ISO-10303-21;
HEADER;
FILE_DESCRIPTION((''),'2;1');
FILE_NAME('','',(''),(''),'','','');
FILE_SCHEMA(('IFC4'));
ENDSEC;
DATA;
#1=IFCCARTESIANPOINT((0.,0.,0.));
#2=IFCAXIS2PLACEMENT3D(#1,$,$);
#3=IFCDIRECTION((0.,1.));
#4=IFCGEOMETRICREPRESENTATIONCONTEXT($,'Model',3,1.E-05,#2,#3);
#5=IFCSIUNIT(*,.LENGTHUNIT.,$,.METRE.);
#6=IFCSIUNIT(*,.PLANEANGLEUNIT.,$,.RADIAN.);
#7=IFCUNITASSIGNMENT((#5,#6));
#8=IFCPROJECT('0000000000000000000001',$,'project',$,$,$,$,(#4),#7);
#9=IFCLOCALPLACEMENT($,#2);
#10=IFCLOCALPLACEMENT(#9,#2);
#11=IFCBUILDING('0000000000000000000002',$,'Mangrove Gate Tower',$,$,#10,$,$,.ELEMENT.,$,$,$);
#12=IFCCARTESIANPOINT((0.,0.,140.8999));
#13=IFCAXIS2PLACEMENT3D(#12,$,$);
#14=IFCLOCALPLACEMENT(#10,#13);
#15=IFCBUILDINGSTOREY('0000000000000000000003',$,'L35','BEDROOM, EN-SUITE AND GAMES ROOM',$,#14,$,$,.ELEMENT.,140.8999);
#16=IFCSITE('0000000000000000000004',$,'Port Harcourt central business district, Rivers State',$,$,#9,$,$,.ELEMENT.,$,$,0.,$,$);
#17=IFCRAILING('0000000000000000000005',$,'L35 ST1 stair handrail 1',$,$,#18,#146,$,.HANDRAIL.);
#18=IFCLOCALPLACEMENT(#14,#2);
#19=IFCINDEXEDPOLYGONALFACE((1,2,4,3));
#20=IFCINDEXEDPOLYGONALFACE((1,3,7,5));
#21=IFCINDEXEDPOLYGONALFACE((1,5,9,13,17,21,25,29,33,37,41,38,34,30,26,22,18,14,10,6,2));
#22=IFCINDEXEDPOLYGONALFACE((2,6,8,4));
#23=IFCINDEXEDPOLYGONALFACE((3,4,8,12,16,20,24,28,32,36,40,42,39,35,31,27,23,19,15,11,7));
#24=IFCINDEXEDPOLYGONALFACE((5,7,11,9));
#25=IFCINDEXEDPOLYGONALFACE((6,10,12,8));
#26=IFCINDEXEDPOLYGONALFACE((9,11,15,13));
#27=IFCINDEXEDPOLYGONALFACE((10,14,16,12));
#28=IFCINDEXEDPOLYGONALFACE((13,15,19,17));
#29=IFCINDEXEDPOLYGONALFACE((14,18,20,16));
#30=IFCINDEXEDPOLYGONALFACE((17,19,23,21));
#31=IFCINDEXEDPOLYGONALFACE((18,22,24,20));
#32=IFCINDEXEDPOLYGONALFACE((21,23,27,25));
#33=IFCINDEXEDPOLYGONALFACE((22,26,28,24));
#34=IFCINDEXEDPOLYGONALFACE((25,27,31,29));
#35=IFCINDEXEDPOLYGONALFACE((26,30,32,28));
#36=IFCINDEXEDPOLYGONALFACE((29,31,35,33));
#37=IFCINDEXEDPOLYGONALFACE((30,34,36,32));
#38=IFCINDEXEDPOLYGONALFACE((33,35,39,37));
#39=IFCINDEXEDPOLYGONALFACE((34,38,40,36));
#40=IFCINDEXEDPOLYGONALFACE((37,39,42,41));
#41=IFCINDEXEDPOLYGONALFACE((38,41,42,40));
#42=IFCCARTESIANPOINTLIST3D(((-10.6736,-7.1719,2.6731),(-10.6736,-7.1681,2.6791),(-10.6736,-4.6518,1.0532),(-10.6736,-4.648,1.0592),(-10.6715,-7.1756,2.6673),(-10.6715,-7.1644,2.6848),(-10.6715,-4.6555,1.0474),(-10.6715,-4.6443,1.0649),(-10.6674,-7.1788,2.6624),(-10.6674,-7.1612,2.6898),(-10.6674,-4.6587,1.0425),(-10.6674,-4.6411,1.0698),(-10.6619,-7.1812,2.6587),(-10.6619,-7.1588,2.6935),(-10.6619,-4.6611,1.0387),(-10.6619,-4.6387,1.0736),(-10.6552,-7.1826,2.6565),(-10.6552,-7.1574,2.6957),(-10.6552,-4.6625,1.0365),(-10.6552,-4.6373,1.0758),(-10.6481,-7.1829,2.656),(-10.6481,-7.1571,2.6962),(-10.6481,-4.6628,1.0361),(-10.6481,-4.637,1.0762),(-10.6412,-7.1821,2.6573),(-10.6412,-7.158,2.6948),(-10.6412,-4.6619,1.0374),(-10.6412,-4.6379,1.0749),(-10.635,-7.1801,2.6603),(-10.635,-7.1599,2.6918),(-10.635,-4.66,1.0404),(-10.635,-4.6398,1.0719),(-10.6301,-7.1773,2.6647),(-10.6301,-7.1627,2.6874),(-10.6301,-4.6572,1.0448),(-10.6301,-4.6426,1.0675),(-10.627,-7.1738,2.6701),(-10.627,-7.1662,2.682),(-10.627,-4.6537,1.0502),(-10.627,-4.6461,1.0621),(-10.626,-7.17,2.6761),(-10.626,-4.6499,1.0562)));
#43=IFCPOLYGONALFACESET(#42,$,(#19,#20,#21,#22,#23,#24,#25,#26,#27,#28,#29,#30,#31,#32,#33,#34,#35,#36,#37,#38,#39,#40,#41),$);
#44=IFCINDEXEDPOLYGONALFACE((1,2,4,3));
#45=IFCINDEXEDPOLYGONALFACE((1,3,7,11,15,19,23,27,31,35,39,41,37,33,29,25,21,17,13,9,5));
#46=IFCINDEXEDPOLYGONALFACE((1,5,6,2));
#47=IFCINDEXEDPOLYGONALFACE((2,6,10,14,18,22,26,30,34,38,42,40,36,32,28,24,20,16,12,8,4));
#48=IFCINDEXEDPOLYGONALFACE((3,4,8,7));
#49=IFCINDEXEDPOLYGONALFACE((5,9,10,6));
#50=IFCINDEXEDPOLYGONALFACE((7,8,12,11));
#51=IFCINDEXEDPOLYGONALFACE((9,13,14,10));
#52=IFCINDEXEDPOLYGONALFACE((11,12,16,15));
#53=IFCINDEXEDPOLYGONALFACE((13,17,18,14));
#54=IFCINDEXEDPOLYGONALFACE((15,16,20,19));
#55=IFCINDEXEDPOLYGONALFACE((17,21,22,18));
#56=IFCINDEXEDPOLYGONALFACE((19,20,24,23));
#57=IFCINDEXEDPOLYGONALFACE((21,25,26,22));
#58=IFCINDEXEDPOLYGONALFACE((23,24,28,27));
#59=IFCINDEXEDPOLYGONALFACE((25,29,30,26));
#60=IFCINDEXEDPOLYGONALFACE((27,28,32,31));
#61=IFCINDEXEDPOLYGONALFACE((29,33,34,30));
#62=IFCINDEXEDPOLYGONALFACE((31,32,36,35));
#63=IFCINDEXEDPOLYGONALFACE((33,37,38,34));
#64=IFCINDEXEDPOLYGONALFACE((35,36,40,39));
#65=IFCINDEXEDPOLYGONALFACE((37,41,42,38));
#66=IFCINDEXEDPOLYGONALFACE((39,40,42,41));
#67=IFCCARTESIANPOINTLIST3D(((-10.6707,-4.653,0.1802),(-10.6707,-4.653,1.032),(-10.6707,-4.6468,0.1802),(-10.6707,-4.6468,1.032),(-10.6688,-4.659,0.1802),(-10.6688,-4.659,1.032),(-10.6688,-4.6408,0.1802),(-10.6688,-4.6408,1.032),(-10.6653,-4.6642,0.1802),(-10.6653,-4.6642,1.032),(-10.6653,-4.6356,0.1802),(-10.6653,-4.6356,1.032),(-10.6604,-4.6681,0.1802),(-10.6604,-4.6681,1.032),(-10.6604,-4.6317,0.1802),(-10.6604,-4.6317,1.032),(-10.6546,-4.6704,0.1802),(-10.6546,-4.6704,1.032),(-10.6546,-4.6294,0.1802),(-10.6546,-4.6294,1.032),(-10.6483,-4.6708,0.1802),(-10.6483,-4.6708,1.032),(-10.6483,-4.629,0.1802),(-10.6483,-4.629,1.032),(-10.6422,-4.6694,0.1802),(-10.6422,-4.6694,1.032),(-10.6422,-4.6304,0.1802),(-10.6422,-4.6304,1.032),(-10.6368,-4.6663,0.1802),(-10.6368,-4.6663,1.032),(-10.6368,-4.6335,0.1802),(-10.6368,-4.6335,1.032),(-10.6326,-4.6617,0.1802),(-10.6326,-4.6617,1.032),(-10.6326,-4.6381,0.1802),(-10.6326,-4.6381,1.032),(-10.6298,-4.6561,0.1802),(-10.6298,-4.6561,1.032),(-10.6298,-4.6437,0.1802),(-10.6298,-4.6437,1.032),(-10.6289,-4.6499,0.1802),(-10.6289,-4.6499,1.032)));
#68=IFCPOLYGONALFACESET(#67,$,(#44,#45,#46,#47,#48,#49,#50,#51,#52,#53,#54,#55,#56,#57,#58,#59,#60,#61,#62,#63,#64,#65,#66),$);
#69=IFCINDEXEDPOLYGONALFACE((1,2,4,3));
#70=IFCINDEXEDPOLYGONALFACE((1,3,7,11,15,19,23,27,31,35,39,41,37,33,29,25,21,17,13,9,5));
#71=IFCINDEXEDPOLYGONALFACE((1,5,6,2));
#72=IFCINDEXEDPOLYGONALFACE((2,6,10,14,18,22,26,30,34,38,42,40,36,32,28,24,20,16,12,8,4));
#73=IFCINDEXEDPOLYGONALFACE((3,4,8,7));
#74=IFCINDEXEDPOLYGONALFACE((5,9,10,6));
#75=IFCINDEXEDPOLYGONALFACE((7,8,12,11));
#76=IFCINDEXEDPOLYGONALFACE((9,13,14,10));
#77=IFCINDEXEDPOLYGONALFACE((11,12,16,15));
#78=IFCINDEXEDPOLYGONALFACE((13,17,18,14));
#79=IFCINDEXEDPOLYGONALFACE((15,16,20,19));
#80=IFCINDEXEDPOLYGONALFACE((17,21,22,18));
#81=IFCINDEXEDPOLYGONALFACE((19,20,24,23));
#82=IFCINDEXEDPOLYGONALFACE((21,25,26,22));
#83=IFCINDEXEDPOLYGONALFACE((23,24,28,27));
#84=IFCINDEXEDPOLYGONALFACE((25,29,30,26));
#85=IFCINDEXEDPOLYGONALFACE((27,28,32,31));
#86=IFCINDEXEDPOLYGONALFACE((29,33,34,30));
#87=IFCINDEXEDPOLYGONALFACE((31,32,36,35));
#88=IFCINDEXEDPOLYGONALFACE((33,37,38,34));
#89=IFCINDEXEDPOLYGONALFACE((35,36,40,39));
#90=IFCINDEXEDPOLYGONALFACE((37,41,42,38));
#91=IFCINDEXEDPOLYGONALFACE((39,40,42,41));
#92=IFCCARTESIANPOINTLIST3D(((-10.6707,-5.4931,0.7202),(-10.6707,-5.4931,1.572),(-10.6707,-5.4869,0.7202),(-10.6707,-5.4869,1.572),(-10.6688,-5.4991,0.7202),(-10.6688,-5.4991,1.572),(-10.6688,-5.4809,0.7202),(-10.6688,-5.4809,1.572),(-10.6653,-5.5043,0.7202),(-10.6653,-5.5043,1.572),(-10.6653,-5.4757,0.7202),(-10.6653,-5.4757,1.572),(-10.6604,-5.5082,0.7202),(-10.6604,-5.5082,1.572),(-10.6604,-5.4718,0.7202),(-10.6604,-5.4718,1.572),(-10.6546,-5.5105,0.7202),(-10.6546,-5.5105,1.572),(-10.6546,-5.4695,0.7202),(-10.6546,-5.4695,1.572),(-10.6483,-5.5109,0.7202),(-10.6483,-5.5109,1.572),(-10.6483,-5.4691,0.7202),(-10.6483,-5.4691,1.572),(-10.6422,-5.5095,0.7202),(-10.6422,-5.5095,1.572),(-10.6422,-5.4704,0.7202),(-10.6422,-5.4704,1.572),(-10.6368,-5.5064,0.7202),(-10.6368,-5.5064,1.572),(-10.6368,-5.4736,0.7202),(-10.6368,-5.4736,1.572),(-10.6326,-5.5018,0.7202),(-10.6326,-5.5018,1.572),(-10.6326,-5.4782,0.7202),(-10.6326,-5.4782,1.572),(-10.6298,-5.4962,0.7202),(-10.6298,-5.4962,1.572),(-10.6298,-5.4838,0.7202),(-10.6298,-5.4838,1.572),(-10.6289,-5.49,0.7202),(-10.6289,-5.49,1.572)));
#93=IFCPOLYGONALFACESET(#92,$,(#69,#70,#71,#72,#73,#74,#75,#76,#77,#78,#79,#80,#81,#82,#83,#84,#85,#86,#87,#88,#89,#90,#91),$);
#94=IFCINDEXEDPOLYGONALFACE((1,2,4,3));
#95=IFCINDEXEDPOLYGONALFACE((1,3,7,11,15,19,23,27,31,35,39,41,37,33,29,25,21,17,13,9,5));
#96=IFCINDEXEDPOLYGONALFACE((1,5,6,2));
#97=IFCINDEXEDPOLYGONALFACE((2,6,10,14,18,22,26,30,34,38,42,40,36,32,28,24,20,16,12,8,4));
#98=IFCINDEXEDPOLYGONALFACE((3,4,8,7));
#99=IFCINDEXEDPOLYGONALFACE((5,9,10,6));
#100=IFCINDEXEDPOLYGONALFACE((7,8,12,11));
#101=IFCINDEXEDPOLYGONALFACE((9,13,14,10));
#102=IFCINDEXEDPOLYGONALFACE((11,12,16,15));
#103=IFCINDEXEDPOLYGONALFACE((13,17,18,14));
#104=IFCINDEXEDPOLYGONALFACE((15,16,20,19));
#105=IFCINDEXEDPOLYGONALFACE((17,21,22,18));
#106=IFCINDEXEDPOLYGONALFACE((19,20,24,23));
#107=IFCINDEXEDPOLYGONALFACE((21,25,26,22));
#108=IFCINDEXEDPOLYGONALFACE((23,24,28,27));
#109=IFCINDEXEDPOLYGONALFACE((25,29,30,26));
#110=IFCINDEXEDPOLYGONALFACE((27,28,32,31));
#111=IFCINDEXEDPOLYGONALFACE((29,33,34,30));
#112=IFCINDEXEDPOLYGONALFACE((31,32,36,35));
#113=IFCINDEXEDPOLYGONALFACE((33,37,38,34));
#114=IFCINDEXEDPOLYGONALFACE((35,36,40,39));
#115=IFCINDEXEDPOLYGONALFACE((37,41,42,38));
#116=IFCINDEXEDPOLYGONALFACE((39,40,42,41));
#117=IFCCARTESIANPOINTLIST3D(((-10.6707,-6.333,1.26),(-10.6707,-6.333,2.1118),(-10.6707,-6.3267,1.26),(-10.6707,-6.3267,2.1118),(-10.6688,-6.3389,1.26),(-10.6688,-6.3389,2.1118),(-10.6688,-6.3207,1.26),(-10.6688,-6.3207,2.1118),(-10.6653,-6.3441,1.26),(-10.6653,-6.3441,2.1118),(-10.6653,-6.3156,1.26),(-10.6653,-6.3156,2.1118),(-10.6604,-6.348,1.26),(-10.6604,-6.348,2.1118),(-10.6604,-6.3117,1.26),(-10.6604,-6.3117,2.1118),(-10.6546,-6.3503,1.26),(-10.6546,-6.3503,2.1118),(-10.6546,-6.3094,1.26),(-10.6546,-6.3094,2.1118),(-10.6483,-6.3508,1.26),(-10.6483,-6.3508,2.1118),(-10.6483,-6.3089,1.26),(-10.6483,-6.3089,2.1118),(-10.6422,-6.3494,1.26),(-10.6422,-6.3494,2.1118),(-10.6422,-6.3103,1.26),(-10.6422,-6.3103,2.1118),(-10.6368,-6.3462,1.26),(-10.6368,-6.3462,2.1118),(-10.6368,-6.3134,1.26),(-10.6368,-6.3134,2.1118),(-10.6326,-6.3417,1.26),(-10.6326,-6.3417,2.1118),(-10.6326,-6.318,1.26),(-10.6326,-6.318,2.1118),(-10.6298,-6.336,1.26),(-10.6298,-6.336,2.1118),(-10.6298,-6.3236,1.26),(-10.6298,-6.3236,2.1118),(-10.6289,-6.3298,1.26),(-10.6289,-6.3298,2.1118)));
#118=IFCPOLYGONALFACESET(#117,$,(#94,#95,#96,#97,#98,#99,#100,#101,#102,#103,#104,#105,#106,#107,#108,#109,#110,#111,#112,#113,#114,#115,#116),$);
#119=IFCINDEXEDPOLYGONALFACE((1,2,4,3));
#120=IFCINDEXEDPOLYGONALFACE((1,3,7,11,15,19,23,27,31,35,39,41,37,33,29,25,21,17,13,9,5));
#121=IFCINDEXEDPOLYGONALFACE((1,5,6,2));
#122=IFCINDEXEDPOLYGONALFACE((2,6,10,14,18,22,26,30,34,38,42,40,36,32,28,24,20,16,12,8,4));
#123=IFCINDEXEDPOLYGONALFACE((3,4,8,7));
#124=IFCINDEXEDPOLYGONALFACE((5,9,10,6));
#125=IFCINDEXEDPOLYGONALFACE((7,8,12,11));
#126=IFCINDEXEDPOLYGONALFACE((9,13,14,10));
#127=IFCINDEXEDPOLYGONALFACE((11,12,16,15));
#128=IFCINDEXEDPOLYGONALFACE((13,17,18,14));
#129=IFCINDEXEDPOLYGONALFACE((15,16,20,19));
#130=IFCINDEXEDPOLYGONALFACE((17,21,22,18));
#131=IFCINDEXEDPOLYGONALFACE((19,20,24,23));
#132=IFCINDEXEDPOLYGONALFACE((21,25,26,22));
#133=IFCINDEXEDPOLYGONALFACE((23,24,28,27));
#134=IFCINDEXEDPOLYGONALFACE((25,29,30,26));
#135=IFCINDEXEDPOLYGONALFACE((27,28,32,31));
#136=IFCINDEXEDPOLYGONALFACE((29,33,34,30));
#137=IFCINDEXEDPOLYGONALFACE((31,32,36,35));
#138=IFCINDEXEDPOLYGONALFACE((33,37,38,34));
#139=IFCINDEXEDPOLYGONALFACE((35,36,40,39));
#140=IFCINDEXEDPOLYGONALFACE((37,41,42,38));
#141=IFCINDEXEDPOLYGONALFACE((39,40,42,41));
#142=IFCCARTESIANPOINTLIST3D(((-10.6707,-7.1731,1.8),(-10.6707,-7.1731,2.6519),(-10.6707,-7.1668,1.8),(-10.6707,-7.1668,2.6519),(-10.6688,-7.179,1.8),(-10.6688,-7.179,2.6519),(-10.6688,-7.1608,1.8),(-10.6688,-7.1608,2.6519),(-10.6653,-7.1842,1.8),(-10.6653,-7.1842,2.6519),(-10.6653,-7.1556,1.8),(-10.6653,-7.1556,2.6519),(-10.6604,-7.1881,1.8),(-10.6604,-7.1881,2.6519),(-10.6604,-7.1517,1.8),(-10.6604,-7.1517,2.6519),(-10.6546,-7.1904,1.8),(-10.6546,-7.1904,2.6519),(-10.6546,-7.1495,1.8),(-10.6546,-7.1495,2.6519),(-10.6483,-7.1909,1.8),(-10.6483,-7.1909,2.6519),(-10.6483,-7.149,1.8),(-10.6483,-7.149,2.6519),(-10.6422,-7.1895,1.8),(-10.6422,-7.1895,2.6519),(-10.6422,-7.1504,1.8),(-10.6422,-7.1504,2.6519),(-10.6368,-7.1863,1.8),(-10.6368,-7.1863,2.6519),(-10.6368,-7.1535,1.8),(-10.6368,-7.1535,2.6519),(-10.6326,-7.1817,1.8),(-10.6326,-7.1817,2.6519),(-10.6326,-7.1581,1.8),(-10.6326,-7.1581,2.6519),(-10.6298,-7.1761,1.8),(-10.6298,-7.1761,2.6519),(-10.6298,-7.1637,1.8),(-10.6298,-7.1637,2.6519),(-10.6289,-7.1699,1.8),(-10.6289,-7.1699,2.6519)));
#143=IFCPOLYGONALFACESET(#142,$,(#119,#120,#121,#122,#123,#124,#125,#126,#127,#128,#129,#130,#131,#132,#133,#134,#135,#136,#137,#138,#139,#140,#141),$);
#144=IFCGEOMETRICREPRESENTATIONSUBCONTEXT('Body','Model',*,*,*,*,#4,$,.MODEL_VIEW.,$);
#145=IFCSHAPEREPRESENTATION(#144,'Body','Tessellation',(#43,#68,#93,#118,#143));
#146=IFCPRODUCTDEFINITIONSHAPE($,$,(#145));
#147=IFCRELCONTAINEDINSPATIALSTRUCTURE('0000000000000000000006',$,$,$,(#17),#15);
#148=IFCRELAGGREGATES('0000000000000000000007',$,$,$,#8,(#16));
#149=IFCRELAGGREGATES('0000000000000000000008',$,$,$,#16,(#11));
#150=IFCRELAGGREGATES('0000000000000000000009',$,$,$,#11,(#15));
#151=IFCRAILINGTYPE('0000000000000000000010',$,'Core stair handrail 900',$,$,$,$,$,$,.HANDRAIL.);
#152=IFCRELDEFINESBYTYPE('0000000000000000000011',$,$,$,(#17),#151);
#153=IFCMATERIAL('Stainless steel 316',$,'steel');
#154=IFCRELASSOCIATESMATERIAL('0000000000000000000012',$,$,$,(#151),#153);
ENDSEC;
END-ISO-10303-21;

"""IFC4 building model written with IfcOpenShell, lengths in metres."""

from ifc_helpers import new_model, si_unit, direction, frame, origin, origin_2d, place, context, subcontext, project, spatial, circle, extrude, material, type_object, element, save


model = new_model("IFC4")

# Units and contexts
model_context = context("Model", 3, precision=1e-05, world=origin(), true_north=direction((0.0, 1.0)))
body_context = subcontext(model_context, "Body", "Model", "MODEL_VIEW")
ifc_project = project(units=[si_unit("LENGTHUNIT", "METRE"), si_unit("PLANEANGLEUNIT", "RADIAN")], contexts=[model_context])

# Site, building, storey
site_placement = place(None, origin())
site = spatial("IfcSite", under=ifc_project, at=site_placement, Name="Port Harcourt central business district, Rivers State", CompositionType="ELEMENT", RefElevation=0.0)
building_placement = place(site_placement, origin())
building = spatial("IfcBuilding", under=site, at=building_placement, Name="Mangrove Gate Tower", CompositionType="ELEMENT")
storey_placement = place(building_placement, frame((0.0, 0.0, 140.8999)))
storey = spatial("IfcBuildingStorey", under=building, at=storey_placement, Name="L35", Description="BEDROOM, EN-SUITE AND GAMES ROOM", CompositionType="ELEMENT", Elevation=140.8999)

# Railing
ifc_material_1 = material(Name="Stainless steel 316", Category="steel")
railing_type_1 = type_object("IfcRailingType", Name="Core stair handrail 900", PredefinedType="HANDRAIL", material=ifc_material_1)
for number, where, name in (
    (1, (-10.6499, -4.6499, 0.1802), "L35 ST1 stair handrail 1"),
):
    element("IfcRailing", number, at=place(storey_placement, frame(where)), inside=storey, type_object=railing_type_1, Name=name, PredefinedType="HANDRAIL", context=body_context, shape_type="SweptSolid", body=[
        extrude(circle(Radius=0.0239, at=origin_2d()), frame((0.0, 0.0, 0.876), z_axis=(0.0, -0.8412, 0.540725), x_axis=(1.0, 0.0, 0.0)), (0.0, 0.0, 1.0), 2.9958),
        extrude(circle(Radius=0.021, at=origin_2d()), origin(), (0.0, 0.0, 1.0), 0.8518),
        extrude(circle(Radius=0.021, at=origin_2d()), frame((0.0, -0.8401, 0.54)), (0.0, 0.0, 1.0), 0.8518),
        extrude(circle(Radius=0.021, at=origin_2d()), frame((0.0, -1.6799, 1.0798)), (0.0, 0.0, 1.0), 0.8518),
        extrude(circle(Radius=0.021, at=origin_2d()), frame((0.0, -2.52, 1.6199)), (0.0, 0.0, 1.0), 0.8518),
    ])

save(model, "model.ifc")
